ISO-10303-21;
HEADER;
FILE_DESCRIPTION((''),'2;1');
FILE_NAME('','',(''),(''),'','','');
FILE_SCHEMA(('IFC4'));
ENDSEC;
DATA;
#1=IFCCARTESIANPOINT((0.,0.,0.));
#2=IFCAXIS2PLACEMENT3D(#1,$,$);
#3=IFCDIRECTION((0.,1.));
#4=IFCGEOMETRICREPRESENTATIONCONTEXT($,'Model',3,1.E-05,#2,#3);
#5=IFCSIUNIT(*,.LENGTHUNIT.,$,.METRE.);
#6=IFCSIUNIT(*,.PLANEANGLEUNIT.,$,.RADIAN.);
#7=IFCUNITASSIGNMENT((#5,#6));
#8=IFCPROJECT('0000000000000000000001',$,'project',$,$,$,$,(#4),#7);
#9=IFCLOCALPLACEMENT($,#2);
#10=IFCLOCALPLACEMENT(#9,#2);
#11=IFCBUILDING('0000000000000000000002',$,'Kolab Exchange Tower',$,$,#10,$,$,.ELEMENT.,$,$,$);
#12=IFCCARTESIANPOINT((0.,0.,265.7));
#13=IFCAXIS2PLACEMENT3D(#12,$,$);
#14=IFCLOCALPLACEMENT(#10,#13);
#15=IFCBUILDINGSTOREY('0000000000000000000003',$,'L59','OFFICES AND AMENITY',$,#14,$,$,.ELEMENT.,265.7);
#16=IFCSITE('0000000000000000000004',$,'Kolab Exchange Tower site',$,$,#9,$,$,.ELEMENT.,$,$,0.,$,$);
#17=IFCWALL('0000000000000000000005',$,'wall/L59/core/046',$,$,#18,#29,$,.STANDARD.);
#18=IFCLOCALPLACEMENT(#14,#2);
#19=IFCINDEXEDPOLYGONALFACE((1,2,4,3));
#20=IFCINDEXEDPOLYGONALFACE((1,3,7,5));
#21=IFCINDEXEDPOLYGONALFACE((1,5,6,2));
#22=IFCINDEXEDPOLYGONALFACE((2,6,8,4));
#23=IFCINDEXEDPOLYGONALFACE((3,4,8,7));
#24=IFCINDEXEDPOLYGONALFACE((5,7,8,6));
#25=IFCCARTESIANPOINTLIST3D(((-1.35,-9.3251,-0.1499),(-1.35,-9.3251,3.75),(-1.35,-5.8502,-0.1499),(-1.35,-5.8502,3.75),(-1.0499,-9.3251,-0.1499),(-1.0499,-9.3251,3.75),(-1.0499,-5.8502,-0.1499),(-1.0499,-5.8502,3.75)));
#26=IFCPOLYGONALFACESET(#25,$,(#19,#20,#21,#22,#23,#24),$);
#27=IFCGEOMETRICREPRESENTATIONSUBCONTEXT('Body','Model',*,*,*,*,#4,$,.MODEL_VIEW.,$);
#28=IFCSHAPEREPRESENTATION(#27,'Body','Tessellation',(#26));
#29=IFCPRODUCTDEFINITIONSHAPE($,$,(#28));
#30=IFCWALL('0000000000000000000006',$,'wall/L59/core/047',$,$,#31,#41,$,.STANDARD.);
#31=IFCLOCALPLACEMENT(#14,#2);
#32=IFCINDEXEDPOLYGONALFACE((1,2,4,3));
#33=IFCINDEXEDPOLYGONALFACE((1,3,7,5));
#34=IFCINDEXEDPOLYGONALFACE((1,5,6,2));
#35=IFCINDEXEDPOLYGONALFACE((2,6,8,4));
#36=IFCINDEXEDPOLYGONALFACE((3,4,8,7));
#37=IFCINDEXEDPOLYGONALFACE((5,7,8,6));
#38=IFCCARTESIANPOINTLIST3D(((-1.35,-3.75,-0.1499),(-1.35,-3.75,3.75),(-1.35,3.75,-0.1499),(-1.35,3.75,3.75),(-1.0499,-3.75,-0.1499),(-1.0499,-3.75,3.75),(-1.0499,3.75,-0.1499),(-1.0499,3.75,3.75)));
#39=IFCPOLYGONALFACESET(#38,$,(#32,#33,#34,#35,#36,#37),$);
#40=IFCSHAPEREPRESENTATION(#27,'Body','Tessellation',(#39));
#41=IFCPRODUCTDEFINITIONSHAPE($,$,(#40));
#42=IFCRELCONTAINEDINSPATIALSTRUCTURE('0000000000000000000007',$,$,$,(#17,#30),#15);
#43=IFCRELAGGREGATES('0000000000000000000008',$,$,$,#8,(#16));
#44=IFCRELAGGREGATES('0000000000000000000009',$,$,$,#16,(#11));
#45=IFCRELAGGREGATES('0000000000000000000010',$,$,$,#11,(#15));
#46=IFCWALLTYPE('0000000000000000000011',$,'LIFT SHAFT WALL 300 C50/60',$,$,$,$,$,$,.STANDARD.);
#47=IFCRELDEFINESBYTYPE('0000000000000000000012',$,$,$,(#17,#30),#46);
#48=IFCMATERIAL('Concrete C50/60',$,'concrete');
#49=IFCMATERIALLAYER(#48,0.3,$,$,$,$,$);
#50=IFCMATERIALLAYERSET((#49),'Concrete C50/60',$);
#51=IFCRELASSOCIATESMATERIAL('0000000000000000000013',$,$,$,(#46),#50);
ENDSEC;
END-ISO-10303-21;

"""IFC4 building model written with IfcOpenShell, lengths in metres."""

from ifc_helpers import new_model, si_unit, direction, frame, frame_2d, origin, place, context, subcontext, project, spatial, rectangle, extrude, material, layer, layer_set, type_object, element, save


model = new_model("IFC4")

# Units and contexts
model_context = context("Model", 3, precision=1e-05, world=origin(), true_north=direction((0.0, 1.0)))
body_context = subcontext(model_context, "Body", "Model", "MODEL_VIEW")
ifc_project = project(units=[si_unit("LENGTHUNIT", "METRE"), si_unit("PLANEANGLEUNIT", "RADIAN")], contexts=[model_context])

# Site, building, storey
site_placement = place(None, origin())
site = spatial("IfcSite", under=ifc_project, at=site_placement, Name="Kolab Exchange Tower site", CompositionType="ELEMENT", RefElevation=0.0)
building_placement = place(site_placement, origin())
building = spatial("IfcBuilding", under=site, at=building_placement, Name="Kolab Exchange Tower", CompositionType="ELEMENT")
storey_placement = place(building_placement, frame((0.0, 0.0, 265.7)))
storey = spatial("IfcBuildingStorey", under=building, at=storey_placement, Name="L59", Description="OFFICES AND AMENITY", CompositionType="ELEMENT", Elevation=265.7)

# Shared definitions
ifc_material_1 = material(Name="Concrete C50/60", Category="concrete")
ifc_layer_1 = layer(ifc_material_1, 0.3)
ifc_layer_set_1 = layer_set([ifc_layer_1], Name="Concrete C50/60")
wall_type = type_object("IfcWallType", Name="LIFT SHAFT WALL 300 C50/60", PredefinedType="STANDARD", material=ifc_layer_set_1)

# Walls
wall_1_placement = place(storey_placement, frame((-1.2, -9.325, -0.1499), z_axis=(0.0, 0.0, 1.0), x_axis=(0.0, 1.0, 0.0)))
element("IfcWall", 1, at=wall_1_placement, inside=storey, type_object=wall_type, Name="wall/L59/core/046", PredefinedType="STANDARD", context=body_context, shape_type="SweptSolid", body=[
    extrude(rectangle(XDim=3.4749, YDim=0.3, at=frame_2d((1.7373, 0.0))), origin(), (0.0, 0.0, 1.0), 3.8999),
])
wall_2_placement = place(storey_placement, frame((-1.2, -3.75, -0.1499), z_axis=(0.0, 0.0, 1.0), x_axis=(0.0, 1.0, 0.0)))
element("IfcWall", 2, at=wall_2_placement, inside=storey, type_object=wall_type, Name="wall/L59/core/047", PredefinedType="STANDARD", context=body_context, shape_type="SweptSolid", body=[
    extrude(rectangle(XDim=7.5, YDim=0.3, at=frame_2d((3.75, 0.0))), origin(), (0.0, 0.0, 1.0), 3.8999),
])

save(model, "model.ifc")
